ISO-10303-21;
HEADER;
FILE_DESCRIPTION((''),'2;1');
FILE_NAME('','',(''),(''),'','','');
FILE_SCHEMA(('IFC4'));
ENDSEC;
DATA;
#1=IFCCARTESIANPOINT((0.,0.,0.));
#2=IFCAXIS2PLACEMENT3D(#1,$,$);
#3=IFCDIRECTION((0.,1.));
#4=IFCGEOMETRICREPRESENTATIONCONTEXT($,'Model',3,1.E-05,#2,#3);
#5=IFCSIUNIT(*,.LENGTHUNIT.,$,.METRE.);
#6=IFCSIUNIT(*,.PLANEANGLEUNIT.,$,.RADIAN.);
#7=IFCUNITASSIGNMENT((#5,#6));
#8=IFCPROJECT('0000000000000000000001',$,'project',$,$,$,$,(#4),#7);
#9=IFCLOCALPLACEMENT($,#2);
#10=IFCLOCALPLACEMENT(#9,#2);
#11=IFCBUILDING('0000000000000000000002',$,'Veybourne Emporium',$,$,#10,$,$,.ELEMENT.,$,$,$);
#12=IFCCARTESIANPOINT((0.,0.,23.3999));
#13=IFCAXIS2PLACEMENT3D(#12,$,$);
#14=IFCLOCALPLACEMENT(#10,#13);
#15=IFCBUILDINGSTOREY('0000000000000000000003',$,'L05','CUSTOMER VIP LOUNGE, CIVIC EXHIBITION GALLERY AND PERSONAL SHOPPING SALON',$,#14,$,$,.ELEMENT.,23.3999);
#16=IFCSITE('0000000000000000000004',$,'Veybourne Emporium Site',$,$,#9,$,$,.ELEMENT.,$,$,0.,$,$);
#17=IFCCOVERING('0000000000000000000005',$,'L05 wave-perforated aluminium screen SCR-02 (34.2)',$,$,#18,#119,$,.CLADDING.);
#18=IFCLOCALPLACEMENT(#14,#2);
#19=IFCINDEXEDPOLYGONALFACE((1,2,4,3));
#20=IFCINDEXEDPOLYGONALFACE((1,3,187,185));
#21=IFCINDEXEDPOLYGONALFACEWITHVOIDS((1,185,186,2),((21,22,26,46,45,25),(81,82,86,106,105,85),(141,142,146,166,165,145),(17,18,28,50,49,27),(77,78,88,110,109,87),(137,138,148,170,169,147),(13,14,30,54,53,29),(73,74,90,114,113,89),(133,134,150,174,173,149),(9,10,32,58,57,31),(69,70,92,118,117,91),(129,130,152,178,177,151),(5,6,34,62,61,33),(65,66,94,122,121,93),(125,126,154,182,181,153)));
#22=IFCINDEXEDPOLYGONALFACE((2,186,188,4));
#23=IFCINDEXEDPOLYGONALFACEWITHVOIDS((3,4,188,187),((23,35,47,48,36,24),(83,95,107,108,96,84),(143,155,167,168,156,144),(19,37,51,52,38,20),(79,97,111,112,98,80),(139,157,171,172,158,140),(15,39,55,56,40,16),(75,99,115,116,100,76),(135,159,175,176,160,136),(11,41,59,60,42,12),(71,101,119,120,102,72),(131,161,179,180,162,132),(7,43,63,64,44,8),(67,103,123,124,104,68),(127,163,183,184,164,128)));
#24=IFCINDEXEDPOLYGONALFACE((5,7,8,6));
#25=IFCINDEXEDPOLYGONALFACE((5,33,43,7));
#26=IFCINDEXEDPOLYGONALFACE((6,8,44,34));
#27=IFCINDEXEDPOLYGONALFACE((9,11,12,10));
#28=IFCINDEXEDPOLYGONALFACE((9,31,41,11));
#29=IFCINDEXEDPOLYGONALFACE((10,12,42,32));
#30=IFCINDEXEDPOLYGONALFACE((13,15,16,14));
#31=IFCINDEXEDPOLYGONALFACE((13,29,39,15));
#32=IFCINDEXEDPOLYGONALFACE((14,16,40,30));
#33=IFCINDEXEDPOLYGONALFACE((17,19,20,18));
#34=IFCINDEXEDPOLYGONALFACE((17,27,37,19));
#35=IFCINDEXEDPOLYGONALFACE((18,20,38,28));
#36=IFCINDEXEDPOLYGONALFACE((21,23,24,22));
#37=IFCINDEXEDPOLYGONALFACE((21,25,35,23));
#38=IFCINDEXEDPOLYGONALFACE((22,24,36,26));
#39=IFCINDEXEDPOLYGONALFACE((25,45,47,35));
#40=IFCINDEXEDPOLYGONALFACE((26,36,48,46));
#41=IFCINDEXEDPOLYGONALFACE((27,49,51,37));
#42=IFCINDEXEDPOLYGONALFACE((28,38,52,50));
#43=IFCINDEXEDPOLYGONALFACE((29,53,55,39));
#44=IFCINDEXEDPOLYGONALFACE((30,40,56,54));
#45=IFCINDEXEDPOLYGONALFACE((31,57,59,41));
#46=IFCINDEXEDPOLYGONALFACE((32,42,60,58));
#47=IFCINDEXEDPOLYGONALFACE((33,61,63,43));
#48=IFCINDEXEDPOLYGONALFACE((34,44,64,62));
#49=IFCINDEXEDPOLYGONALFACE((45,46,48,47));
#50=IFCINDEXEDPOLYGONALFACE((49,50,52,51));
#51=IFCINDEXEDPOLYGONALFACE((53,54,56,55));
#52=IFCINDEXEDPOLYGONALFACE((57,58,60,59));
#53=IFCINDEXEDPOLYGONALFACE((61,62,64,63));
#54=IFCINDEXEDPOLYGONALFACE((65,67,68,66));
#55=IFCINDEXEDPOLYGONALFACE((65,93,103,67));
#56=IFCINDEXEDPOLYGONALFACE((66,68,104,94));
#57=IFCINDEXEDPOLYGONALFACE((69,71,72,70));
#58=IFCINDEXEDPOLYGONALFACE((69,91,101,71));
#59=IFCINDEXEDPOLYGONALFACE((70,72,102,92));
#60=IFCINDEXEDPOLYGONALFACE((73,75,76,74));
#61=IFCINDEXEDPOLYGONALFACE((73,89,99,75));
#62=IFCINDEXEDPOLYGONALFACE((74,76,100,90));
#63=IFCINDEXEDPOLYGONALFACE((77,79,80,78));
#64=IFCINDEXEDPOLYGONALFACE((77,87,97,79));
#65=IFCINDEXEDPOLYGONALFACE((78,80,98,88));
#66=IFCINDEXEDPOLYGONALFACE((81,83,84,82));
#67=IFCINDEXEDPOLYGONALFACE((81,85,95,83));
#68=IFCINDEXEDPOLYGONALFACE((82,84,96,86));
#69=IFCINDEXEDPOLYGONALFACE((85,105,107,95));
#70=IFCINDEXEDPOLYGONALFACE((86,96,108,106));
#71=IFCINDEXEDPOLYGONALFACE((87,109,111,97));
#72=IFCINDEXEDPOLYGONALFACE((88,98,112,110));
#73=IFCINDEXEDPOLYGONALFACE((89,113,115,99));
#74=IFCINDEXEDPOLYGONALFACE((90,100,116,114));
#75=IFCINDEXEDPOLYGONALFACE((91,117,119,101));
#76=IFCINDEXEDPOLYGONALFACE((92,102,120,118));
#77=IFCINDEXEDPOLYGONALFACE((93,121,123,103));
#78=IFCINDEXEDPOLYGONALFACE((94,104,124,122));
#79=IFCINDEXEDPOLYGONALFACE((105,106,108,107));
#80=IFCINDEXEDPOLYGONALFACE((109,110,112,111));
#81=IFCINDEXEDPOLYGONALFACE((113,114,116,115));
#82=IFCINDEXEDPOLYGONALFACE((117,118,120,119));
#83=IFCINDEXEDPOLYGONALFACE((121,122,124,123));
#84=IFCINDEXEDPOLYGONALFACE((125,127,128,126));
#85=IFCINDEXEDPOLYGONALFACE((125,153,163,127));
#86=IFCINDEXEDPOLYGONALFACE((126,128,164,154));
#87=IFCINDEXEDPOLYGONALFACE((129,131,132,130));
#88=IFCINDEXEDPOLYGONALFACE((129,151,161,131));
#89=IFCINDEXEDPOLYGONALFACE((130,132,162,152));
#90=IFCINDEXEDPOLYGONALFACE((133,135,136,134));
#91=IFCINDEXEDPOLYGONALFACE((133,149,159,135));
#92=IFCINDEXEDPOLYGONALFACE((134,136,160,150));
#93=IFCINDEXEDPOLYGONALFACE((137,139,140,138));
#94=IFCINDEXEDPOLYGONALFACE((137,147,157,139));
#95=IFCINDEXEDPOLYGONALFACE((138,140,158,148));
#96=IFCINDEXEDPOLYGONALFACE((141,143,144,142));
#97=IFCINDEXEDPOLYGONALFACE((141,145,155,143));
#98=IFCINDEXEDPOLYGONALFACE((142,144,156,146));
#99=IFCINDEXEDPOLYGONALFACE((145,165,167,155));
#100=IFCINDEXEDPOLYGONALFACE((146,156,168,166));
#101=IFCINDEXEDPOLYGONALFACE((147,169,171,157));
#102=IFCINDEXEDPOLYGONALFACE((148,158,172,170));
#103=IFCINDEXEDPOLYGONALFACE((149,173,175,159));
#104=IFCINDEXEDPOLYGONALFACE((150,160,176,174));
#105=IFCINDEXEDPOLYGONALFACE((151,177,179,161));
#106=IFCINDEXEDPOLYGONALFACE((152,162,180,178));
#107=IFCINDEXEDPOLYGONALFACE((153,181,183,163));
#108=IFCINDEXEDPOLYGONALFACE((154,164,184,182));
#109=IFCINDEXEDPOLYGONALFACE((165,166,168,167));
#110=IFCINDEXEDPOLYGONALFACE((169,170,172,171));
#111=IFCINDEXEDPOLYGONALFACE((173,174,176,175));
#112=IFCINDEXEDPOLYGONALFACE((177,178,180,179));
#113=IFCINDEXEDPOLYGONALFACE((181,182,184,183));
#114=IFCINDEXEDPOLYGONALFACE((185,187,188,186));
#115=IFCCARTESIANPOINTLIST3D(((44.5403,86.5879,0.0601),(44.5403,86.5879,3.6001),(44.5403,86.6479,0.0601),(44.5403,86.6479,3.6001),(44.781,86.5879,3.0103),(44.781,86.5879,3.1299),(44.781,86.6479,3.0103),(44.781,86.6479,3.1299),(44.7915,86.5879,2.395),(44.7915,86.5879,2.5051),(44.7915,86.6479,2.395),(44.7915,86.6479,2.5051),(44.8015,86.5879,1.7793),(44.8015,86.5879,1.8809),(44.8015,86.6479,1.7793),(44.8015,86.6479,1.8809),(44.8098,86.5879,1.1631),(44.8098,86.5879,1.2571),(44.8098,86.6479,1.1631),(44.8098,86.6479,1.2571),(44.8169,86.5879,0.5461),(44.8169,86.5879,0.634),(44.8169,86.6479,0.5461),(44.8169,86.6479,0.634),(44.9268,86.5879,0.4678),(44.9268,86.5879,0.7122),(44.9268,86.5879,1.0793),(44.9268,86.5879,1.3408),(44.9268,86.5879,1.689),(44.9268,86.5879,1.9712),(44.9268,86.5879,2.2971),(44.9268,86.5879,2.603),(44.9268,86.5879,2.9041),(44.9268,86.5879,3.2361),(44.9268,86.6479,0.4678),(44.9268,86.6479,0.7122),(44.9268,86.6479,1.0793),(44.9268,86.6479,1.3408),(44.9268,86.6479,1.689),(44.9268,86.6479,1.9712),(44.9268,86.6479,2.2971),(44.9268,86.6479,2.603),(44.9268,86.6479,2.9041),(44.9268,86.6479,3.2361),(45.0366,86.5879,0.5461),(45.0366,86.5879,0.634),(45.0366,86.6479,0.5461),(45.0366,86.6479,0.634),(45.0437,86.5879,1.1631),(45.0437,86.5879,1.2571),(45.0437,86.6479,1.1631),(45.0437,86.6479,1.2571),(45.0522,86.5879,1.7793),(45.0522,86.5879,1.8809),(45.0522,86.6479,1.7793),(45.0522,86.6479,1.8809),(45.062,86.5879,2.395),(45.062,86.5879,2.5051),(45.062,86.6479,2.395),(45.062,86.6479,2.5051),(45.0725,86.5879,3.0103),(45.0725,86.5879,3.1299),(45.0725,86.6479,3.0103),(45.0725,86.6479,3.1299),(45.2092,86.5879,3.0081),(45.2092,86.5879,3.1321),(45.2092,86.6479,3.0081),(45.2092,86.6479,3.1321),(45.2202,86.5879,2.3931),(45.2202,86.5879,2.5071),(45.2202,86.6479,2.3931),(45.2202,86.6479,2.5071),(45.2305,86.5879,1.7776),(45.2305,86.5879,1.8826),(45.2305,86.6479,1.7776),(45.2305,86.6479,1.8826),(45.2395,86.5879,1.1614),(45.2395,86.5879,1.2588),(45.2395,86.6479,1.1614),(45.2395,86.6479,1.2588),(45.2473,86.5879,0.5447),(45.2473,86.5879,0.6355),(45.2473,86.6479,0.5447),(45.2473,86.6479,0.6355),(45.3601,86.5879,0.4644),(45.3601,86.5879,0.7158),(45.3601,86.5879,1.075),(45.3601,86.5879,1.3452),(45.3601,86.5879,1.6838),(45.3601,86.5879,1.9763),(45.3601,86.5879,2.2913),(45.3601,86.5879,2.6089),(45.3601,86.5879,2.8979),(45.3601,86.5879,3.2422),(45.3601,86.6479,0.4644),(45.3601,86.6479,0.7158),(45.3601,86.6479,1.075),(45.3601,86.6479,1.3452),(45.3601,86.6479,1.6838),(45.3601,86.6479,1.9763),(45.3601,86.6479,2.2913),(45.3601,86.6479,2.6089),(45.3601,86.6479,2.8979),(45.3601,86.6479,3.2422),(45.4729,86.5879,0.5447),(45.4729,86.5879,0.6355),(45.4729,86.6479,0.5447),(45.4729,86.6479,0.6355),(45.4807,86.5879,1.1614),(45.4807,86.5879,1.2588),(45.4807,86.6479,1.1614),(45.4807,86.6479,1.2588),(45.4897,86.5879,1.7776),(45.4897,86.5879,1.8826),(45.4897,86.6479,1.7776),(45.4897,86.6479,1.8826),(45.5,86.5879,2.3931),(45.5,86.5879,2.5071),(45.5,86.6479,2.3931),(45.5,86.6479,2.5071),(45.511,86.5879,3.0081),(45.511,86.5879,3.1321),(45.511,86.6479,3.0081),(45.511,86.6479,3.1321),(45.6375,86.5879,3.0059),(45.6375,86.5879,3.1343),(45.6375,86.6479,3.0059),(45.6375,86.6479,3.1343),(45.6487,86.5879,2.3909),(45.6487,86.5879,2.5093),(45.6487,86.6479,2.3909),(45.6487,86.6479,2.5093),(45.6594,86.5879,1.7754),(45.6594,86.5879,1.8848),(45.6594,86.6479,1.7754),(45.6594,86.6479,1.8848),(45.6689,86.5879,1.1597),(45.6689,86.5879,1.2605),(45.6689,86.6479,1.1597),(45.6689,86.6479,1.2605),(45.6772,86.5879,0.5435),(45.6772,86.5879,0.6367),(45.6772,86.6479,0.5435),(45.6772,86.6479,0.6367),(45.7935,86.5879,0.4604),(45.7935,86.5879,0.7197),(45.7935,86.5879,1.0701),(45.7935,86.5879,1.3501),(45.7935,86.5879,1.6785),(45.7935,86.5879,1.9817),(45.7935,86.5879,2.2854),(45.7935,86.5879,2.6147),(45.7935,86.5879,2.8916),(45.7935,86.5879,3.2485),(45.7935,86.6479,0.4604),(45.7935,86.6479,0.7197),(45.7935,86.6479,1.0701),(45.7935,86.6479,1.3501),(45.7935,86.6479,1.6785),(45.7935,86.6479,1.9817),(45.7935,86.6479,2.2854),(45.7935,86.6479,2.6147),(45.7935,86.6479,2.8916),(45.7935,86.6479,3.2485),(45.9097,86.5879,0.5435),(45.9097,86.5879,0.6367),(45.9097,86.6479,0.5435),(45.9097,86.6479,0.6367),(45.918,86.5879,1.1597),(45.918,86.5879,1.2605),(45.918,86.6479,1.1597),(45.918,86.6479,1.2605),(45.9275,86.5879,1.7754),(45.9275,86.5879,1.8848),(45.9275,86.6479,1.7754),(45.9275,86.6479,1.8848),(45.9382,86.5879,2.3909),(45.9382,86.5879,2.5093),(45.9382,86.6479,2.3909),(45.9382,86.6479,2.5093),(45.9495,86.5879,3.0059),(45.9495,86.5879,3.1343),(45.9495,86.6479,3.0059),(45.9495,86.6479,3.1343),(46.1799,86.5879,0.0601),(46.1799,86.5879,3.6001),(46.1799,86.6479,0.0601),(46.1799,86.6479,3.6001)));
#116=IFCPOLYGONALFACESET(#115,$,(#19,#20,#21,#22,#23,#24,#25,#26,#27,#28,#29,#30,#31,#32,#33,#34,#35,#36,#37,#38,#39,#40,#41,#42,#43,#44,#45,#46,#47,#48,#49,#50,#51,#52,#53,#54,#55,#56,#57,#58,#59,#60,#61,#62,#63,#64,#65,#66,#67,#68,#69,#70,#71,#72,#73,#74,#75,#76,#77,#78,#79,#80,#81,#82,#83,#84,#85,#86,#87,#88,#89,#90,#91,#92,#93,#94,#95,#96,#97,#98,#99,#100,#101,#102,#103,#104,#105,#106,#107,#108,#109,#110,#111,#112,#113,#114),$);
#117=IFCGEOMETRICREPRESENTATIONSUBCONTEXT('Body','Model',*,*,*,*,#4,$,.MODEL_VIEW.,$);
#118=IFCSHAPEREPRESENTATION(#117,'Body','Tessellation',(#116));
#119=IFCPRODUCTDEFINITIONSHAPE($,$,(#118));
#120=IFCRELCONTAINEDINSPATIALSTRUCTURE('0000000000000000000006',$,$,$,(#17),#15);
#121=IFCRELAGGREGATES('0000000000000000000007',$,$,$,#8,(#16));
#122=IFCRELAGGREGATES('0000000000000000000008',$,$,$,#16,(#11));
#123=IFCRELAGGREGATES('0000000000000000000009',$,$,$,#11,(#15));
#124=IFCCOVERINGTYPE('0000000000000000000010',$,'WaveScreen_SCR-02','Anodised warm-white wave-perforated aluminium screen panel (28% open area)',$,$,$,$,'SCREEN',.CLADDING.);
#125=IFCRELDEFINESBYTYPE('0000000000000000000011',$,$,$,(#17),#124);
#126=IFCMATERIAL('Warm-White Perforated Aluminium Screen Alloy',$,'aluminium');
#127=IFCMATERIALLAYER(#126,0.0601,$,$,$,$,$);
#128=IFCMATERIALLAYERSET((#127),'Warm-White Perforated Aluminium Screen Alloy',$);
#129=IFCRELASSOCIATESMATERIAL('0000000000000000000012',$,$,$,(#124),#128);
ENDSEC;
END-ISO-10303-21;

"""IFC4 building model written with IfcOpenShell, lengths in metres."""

from ifc_helpers import new_model, si_unit, direction, frame, origin, place, context, subcontext, project, spatial, polyline, outline, extrude, material, layer, layer_set, type_object, element, save


model = new_model("IFC4")

# Units and contexts
model_context = context("Model", 3, precision=1e-05, world=origin(), true_north=direction((0.0, 1.0)))
body_context = subcontext(model_context, "Body", "Model", "MODEL_VIEW")
ifc_project = project(units=[si_unit("LENGTHUNIT", "METRE"), si_unit("PLANEANGLEUNIT", "RADIAN")], contexts=[model_context])

# Site, building, storey
site_placement = place(None, origin())
site = spatial("IfcSite", under=ifc_project, at=site_placement, Name="Veybourne Emporium Site", CompositionType="ELEMENT", RefElevation=0.0)
building_placement = place(site_placement, origin())
building = spatial("IfcBuilding", under=site, at=building_placement, Name="Veybourne Emporium", CompositionType="ELEMENT")
storey_placement = place(building_placement, frame((0.0, 0.0, 23.3999)))
storey = spatial("IfcBuildingStorey", under=building, at=storey_placement, Name="L05", Description="CUSTOMER VIP LOUNGE, CIVIC EXHIBITION GALLERY AND PERSONAL SHOPPING SALON", CompositionType="ELEMENT", Elevation=23.3999)

# Covering
ifc_material_1 = material(Name="Warm-White Perforated Aluminium Screen Alloy", Category="aluminium")
ifc_layer_1 = layer(ifc_material_1, 0.0601)
ifc_layer_set_1 = layer_set([ifc_layer_1], Name="Warm-White Perforated Aluminium Screen Alloy")
covering_type_1 = type_object("IfcCoveringType", Name="WaveScreen_SCR-02", Description="Anodised warm-white wave-perforated aluminium screen panel (28% open area)", ElementType="SCREEN", PredefinedType="CLADDING", material=ifc_layer_set_1)
covering_1_placement = place(storey_placement, frame((45.3601, 86.6479, 1.8301), z_axis=(0.0, -1.0, 0.0), x_axis=(1.0, 0.0, 0.0)))
element("IfcCovering", 1, at=covering_1_placement, inside=storey, type_object=covering_type_1, Name="L05 wave-perforated aluminium screen SCR-02 (34.2)", PredefinedType="CLADDING", context=body_context, shape_type="SweptSolid", body=[
    extrude(outline(polyline([(-0.8198, -1.77), (0.8198, -1.77), (0.8198, 1.77), (-0.8198, 1.77), (-0.8198, -1.77)]), holes=[polyline([(-0.4333, -1.1179), (-0.3235, -1.196), (-0.3235, -1.2839), (-0.4333, -1.3623), (-0.5432, -1.2839), (-0.5432, -1.196), (-0.4333, -1.1179)]), polyline([(-0.4333, -0.4893), (-0.3164, -0.573), (-0.3164, -0.667), (-0.4333, -0.7507), (-0.5503, -0.667), (-0.5503, -0.573), (-0.4333, -0.4893)]), polyline([(-0.4333, 0.1411), (-0.3079, 0.0508), (-0.3079, -0.0508), (-0.4333, -0.1411), (-0.5586, -0.0508), (-0.5586, 0.0508), (-0.4333, 0.1411)]), polyline([(-0.4333, 0.7729), (-0.2981, 0.675), (-0.2981, 0.5649), (-0.4333, 0.467), (-0.5686, 0.5649), (-0.5686, 0.675), (-0.4333, 0.7729)]), polyline([(-0.4333, 1.406), (-0.2876, 1.2998), (-0.2876, 1.1802), (-0.4333, 1.074), (-0.5791, 1.1802), (-0.5791, 1.2998), (-0.4333, 1.406)]), polyline([(0.0, -1.1143), (0.1128, -1.1946), (0.1128, -1.2854), (0.0, -1.3657), (-0.1128, -1.2854), (-0.1128, -1.1946), (0.0, -1.1143)]), polyline([(0.0, -0.4849), (0.1206, -0.5713), (0.1206, -0.6687), (0.0, -0.7551), (-0.1206, -0.6687), (-0.1206, -0.5713), (0.0, -0.4849)]), polyline([(0.0, 0.1462), (0.1296, 0.0525), (0.1296, -0.0525), (0.0, -0.1462), (-0.1296, -0.0525), (-0.1296, 0.0525), (0.0, 0.1462)]), polyline([(0.0, 0.7788), (0.1399, 0.677), (0.1399, 0.563), (0.0, 0.4612), (-0.1399, 0.563), (-0.1399, 0.677), (0.0, 0.7788)]), polyline([(0.0, 1.4121), (0.1509, 1.302), (0.1509, 1.178), (0.0, 1.0679), (-0.1509, 1.178), (-0.1509, 1.302), (0.0, 1.4121)]), polyline([(0.4333, -1.1104), (0.5496, -1.1934), (0.5496, -1.2866), (0.4333, -1.3696), (0.3171, -1.2866), (0.3171, -1.1934), (0.4333, -1.1104)]), polyline([(0.4333, -0.48), (0.5579, -0.5696), (0.5579, -0.6704), (0.4333, -0.76), (0.3088, -0.6704), (0.3088, -0.5696), (0.4333, -0.48)]), polyline([(0.4333, 0.1516), (0.5674, 0.0547), (0.5674, -0.0547), (0.4333, -0.1516), (0.2993, -0.0547), (0.2993, 0.0547), (0.4333, 0.1516)]), polyline([(0.4333, 0.7847), (0.5781, 0.6792), (0.5781, 0.5608), (0.4333, 0.4553), (0.2886, 0.5608), (0.2886, 0.6792), (0.4333, 0.7847)]), polyline([(0.4333, 1.4185), (0.5894, 1.3042), (0.5894, 1.1758), (0.4333, 1.0615), (0.2773, 1.1758), (0.2773, 1.3042), (0.4333, 1.4185)])]), origin(), (0.0, 0.0, 1.0), 0.0601),
])

save(model, "model.ifc")
